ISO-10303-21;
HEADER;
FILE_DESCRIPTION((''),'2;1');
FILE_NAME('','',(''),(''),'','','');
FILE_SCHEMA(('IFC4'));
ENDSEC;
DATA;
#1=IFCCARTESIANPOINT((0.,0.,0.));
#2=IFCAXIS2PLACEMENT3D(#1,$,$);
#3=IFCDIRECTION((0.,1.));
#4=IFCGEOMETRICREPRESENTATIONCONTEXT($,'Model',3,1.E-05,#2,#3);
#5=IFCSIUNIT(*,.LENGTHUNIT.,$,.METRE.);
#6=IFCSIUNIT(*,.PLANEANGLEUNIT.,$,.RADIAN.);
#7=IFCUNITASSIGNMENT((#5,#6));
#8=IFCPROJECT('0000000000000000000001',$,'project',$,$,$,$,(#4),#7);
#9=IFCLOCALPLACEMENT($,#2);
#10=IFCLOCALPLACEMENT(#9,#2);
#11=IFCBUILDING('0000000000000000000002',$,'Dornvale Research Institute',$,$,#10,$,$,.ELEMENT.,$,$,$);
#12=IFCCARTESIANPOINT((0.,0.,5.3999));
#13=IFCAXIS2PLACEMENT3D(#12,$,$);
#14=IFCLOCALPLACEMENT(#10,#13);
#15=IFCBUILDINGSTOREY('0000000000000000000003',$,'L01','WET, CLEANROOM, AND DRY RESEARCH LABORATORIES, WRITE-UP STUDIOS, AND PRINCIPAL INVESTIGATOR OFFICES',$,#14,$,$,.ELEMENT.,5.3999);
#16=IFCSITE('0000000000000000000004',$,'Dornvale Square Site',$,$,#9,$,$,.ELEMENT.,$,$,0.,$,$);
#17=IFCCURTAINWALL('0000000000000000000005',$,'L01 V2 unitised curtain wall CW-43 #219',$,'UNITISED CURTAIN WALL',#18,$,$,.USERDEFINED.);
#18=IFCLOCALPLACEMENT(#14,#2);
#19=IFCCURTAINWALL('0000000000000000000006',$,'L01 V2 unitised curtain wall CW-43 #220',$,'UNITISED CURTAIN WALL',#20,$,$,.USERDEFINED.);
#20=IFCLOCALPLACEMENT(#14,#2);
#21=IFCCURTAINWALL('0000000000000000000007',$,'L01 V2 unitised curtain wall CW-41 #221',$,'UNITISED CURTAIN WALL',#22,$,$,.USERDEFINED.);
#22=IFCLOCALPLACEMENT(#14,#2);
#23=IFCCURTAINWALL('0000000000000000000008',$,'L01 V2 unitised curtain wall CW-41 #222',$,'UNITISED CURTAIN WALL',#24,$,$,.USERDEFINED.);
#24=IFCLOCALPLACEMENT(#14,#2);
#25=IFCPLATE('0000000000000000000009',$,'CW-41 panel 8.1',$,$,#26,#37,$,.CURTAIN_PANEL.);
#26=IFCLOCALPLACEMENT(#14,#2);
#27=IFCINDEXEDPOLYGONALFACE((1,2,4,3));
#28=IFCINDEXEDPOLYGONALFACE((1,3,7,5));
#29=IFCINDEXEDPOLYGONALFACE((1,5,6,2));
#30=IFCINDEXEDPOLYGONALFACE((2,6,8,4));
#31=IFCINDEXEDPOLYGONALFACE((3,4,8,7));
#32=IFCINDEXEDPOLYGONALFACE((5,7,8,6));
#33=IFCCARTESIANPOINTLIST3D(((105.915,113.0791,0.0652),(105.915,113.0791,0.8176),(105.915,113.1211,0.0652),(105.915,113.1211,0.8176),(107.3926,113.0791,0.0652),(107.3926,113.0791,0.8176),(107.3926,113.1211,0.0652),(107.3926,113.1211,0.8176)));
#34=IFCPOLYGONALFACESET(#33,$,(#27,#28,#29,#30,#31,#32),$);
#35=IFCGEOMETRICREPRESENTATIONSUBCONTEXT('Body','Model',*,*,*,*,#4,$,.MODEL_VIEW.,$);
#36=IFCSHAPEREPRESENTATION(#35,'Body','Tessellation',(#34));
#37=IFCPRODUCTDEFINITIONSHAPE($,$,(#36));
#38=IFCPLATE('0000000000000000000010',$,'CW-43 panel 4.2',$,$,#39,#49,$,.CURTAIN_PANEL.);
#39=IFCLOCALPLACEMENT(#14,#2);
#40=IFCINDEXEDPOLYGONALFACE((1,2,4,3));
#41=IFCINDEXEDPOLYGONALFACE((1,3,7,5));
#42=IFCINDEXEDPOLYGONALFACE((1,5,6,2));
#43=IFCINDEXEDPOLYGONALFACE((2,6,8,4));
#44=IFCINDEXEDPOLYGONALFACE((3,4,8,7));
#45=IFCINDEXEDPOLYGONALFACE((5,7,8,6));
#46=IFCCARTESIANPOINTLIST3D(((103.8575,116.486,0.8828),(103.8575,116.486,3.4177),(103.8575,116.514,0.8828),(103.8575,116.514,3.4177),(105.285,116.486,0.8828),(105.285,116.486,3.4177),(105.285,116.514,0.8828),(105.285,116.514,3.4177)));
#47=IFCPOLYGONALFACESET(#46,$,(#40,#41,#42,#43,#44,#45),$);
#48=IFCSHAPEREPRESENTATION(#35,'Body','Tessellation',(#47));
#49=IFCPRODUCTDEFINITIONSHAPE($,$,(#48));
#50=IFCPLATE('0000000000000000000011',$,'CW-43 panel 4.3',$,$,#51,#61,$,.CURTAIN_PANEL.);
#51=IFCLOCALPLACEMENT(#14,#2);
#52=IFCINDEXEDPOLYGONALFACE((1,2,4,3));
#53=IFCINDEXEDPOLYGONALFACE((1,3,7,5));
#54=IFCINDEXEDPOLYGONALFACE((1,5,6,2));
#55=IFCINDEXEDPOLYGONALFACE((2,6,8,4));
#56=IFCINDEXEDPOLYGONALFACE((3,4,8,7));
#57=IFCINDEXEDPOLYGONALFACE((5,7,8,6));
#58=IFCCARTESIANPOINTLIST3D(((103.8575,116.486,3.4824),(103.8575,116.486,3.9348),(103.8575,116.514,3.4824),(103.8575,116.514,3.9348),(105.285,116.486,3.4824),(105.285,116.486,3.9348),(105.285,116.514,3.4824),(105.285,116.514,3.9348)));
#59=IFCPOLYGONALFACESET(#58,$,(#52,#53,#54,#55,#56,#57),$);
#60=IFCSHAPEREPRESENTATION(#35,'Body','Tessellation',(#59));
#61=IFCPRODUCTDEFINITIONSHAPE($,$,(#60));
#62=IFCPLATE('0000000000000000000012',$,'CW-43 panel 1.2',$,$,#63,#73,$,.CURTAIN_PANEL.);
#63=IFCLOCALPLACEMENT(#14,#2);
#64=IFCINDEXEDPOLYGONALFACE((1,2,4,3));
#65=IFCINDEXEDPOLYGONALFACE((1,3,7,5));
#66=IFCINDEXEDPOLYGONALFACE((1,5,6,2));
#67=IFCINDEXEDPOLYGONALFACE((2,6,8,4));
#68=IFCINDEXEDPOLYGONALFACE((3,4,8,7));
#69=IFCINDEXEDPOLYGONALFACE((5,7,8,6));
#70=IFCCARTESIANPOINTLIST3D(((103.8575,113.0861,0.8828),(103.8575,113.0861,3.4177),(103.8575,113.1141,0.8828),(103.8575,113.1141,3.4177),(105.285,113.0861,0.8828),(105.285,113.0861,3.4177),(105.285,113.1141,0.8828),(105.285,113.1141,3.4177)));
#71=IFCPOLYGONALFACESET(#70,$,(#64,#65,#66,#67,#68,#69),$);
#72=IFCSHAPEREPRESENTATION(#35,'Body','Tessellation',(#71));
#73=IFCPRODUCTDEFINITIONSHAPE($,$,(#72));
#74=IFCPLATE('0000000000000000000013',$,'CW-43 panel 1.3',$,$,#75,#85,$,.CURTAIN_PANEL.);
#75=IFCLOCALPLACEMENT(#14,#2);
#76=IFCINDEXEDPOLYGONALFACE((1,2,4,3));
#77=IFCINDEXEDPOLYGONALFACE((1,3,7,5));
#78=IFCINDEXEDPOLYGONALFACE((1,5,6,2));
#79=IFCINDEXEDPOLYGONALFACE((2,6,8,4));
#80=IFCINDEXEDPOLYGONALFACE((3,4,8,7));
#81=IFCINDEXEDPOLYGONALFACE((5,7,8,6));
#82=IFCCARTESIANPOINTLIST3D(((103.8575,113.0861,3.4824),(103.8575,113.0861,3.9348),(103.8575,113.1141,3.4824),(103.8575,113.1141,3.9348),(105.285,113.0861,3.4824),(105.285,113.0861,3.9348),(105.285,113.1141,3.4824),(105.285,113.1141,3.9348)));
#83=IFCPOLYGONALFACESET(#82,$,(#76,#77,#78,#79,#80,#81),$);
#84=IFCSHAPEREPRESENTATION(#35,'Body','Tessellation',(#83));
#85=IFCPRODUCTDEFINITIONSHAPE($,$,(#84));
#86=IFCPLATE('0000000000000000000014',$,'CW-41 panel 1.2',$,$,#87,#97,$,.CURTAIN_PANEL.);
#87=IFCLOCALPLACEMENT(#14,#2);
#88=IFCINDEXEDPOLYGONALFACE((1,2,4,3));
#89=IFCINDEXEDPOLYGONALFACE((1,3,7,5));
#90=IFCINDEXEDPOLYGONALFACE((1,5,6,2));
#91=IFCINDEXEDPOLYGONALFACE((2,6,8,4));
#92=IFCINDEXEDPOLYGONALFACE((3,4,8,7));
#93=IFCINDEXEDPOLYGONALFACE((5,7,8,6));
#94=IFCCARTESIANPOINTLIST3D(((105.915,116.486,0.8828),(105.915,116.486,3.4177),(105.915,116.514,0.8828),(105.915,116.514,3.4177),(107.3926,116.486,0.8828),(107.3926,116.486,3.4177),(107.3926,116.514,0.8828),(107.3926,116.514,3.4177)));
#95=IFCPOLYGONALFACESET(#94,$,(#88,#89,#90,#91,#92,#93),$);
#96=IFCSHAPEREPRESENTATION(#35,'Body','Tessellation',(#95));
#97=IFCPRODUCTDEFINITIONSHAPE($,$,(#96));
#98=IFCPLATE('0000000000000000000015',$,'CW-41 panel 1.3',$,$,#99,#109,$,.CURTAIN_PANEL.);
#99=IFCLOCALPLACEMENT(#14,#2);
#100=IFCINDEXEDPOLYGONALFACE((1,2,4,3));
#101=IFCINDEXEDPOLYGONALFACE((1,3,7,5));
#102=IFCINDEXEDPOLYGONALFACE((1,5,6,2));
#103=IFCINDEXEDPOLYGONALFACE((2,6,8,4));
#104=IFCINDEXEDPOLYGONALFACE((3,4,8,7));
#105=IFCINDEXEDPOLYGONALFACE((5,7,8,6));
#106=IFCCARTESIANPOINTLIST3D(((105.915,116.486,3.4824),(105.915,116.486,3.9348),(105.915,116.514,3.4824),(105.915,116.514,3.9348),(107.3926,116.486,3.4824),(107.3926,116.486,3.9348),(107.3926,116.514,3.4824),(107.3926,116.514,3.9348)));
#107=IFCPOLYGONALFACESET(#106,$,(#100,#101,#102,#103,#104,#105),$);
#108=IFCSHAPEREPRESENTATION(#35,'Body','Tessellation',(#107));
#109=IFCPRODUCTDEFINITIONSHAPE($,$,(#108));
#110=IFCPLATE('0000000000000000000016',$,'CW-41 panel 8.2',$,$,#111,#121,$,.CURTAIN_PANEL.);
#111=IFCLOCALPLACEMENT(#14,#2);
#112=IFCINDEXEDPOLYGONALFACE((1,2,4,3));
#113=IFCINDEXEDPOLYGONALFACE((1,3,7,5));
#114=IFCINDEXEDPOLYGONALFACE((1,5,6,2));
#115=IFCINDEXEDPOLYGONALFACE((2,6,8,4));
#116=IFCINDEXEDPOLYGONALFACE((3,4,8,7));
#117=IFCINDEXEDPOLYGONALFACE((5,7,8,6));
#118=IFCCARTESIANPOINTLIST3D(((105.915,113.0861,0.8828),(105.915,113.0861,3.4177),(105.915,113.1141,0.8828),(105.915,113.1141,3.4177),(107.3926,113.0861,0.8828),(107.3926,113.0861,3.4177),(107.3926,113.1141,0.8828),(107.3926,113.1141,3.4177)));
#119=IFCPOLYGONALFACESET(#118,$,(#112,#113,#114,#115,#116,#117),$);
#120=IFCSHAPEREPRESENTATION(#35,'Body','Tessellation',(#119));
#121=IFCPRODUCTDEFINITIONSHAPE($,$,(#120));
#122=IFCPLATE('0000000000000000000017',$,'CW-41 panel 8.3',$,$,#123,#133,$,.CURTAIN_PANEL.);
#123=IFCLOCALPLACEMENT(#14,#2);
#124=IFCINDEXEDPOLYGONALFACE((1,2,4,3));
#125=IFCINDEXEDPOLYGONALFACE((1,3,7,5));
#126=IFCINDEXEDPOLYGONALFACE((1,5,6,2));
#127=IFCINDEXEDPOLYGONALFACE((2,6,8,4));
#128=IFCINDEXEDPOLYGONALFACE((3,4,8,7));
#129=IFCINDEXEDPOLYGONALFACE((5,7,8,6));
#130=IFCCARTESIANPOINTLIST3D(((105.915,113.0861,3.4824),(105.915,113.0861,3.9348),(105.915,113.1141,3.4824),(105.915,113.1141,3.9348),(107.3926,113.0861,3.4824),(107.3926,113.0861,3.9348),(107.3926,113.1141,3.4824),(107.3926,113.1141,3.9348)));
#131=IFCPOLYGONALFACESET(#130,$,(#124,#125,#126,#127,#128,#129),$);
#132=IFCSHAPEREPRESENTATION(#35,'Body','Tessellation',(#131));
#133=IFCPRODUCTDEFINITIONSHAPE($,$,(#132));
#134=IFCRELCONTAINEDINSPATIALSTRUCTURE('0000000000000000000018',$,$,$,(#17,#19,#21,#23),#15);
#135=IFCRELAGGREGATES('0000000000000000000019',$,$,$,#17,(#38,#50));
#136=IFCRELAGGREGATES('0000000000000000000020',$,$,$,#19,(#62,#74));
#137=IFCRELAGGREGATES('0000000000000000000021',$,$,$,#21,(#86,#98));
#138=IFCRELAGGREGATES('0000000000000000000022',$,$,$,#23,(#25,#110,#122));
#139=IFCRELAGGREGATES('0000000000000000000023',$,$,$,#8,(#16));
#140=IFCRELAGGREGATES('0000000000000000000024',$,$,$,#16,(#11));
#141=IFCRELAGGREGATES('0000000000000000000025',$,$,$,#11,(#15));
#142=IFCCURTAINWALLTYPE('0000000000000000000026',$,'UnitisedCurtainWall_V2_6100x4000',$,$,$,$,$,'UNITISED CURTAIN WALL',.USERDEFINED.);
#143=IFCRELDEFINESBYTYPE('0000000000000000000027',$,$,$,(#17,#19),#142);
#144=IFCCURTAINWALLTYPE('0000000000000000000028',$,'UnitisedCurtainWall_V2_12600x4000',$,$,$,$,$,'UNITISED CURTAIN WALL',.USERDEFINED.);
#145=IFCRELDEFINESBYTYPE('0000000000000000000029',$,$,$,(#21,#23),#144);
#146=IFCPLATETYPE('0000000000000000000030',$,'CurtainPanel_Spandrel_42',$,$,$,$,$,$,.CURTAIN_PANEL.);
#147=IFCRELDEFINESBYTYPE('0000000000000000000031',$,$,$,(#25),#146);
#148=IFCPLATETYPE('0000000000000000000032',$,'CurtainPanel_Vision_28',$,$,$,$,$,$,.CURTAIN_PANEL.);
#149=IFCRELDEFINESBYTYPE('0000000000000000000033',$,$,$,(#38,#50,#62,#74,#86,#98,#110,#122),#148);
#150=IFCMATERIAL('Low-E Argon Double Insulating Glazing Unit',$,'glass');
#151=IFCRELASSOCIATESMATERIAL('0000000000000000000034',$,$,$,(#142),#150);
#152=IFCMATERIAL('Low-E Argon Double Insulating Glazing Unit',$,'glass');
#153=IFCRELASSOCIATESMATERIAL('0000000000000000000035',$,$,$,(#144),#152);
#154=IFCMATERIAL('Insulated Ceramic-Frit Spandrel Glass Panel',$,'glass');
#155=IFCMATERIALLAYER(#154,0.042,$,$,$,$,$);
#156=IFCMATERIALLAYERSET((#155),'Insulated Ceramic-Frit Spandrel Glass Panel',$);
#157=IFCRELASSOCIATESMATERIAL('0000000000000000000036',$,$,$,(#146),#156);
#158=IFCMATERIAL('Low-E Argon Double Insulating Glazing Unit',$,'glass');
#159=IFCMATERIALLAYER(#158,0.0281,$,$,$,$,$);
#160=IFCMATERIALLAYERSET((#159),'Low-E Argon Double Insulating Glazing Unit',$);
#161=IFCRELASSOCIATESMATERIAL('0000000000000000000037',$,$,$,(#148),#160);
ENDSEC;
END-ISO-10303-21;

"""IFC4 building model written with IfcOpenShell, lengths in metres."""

from ifc_helpers import new_model, si_unit, direction, frame, origin, origin_2d, place, context, subcontext, project, spatial, rectangle, extrude, material, layer, layer_set, type_object, element, aggregate, save


model = new_model("IFC4")

# Units and contexts
model_context = context("Model", 3, precision=1e-05, world=origin(), true_north=direction((0.0, 1.0)))
body_context = subcontext(model_context, "Body", "Model", "MODEL_VIEW")
ifc_project = project(units=[si_unit("LENGTHUNIT", "METRE"), si_unit("PLANEANGLEUNIT", "RADIAN")], contexts=[model_context])

# Site, building, storey
site_placement = place(None, origin())
site = spatial("IfcSite", under=ifc_project, at=site_placement, Name="Dornvale Square Site", CompositionType="ELEMENT", RefElevation=0.0)
building_placement = place(site_placement, origin())
building = spatial("IfcBuilding", under=site, at=building_placement, Name="Dornvale Research Institute", CompositionType="ELEMENT")
storey_placement = place(building_placement, frame((0.0, 0.0, 5.3999)))
storey = spatial("IfcBuildingStorey", under=building, at=storey_placement, Name="L01", Description="WET, CLEANROOM, AND DRY RESEARCH LABORATORIES, WRITE-UP STUDIOS, AND PRINCIPAL INVESTIGATOR OFFICES", CompositionType="ELEMENT", Elevation=5.3999)

# Curtain walls
ifc_material_1 = material(Name="Low-E Argon Double Insulating Glazing Unit", Category="glass")
curtain_wall_type_1 = type_object("IfcCurtainWallType", Name="UnitisedCurtainWall_V2_6100x4000", ElementType="UNITISED CURTAIN WALL", PredefinedType="USERDEFINED", material=ifc_material_1)
curtain_wall_1_placement = place(storey_placement, origin())
curtain_wall_1 = element("IfcCurtainWall", 1, at=curtain_wall_1_placement, inside=storey, type_object=curtain_wall_type_1, Name="L01 V2 unitised curtain wall CW-43 #219", ObjectType="UNITISED CURTAIN WALL", PredefinedType="USERDEFINED")
curtain_wall_2_placement = place(storey_placement, origin())
curtain_wall_2 = element("IfcCurtainWall", 2, at=curtain_wall_2_placement, inside=storey, type_object=curtain_wall_type_1, Name="L01 V2 unitised curtain wall CW-43 #220", ObjectType="UNITISED CURTAIN WALL", PredefinedType="USERDEFINED")
ifc_material_2 = material(Name="Low-E Argon Double Insulating Glazing Unit", Category="glass")
curtain_wall_type_2 = type_object("IfcCurtainWallType", Name="UnitisedCurtainWall_V2_12600x4000", ElementType="UNITISED CURTAIN WALL", PredefinedType="USERDEFINED", material=ifc_material_2)
curtain_wall_3_placement = place(storey_placement, origin())
curtain_wall_3 = element("IfcCurtainWall", 3, at=curtain_wall_3_placement, inside=storey, type_object=curtain_wall_type_2, Name="L01 V2 unitised curtain wall CW-41 #221", ObjectType="UNITISED CURTAIN WALL", PredefinedType="USERDEFINED")
curtain_wall_4_placement = place(storey_placement, origin())
curtain_wall_4 = element("IfcCurtainWall", 4, at=curtain_wall_4_placement, inside=storey, type_object=curtain_wall_type_2, Name="L01 V2 unitised curtain wall CW-41 #222", ObjectType="UNITISED CURTAIN WALL", PredefinedType="USERDEFINED")

# Plates
ifc_material_3 = material(Name="Insulated Ceramic-Frit Spandrel Glass Panel", Category="glass")
ifc_layer_1 = layer(ifc_material_3, 0.042)
ifc_layer_set_1 = layer_set([ifc_layer_1], Name="Insulated Ceramic-Frit Spandrel Glass Panel")
plate_type_1 = type_object("IfcPlateType", Name="CurtainPanel_Spandrel_42", PredefinedType="CURTAIN_PANEL", material=ifc_layer_set_1)
plate_1_placement = place(storey_placement, frame((106.6538, 113.1001, 0.0652), z_axis=(0.0, 0.0, 1.0), x_axis=(-1.0, 0.0, 0.0)))
plate_1 = element("IfcPlate", 5, at=plate_1_placement, type_object=plate_type_1, Name="CW-41 panel 8.1", PredefinedType="CURTAIN_PANEL", context=body_context, shape_type="SweptSolid", body=[
    extrude(rectangle(XDim=1.4775, YDim=0.042, at=origin_2d()), origin(), (0.0, 0.0, 1.0), 0.7524),
])
ifc_material_4 = material(Name="Low-E Argon Double Insulating Glazing Unit", Category="glass")
ifc_layer_2 = layer(ifc_material_4, 0.0281)
ifc_layer_set_2 = layer_set([ifc_layer_2], Name="Low-E Argon Double Insulating Glazing Unit")
plate_type_2 = type_object("IfcPlateType", Name="CurtainPanel_Vision_28", PredefinedType="CURTAIN_PANEL", material=ifc_layer_set_2)
plate_2_placement = place(storey_placement, frame((104.5713, 116.5, 0.8828), z_axis=(0.0, 0.0, 1.0), x_axis=(1.0, 0.0, 0.0)))
plate_2 = element("IfcPlate", 6, at=plate_2_placement, type_object=plate_type_2, Name="CW-43 panel 4.2", PredefinedType="CURTAIN_PANEL", context=body_context, shape_type="SweptSolid", body=[
    extrude(rectangle(XDim=1.4275, YDim=0.0281, at=origin_2d()), origin(), (0.0, 0.0, 1.0), 2.5349),
])
plate_3_placement = place(storey_placement, frame((104.5713, 116.5, 3.4824), z_axis=(0.0, 0.0, 1.0), x_axis=(1.0, 0.0, 0.0)))
plate_3 = element("IfcPlate", 7, at=plate_3_placement, type_object=plate_type_2, Name="CW-43 panel 4.3", PredefinedType="CURTAIN_PANEL", context=body_context, shape_type="SweptSolid", body=[
    extrude(rectangle(XDim=1.4275, YDim=0.0281, at=origin_2d()), origin(), (0.0, 0.0, 1.0), 0.4524),
])
aggregate(curtain_wall_1, [plate_2, plate_3])
plate_4_placement = place(storey_placement, frame((104.5713, 113.1001, 0.8828), z_axis=(0.0, 0.0, 1.0), x_axis=(-1.0, 0.0, 0.0)))
plate_4 = element("IfcPlate", 8, at=plate_4_placement, type_object=plate_type_2, Name="CW-43 panel 1.2", PredefinedType="CURTAIN_PANEL", context=body_context, shape_type="SweptSolid", body=[
    extrude(rectangle(XDim=1.4275, YDim=0.0281, at=origin_2d()), origin(), (0.0, 0.0, 1.0), 2.5349),
])
plate_5_placement = place(storey_placement, frame((104.5713, 113.1001, 3.4824), z_axis=(0.0, 0.0, 1.0), x_axis=(-1.0, 0.0, 0.0)))
plate_5 = element("IfcPlate", 9, at=plate_5_placement, type_object=plate_type_2, Name="CW-43 panel 1.3", PredefinedType="CURTAIN_PANEL", context=body_context, shape_type="SweptSolid", body=[
    extrude(rectangle(XDim=1.4275, YDim=0.0281, at=origin_2d()), origin(), (0.0, 0.0, 1.0), 0.4524),
])
aggregate(curtain_wall_2, [plate_4, plate_5])
plate_6_placement = place(storey_placement, frame((106.6538, 116.5, 0.8828), z_axis=(0.0, 0.0, 1.0), x_axis=(1.0, 0.0, 0.0)))
plate_6 = element("IfcPlate", 10, at=plate_6_placement, type_object=plate_type_2, Name="CW-41 panel 1.2", PredefinedType="CURTAIN_PANEL", context=body_context, shape_type="SweptSolid", body=[
    extrude(rectangle(XDim=1.4775, YDim=0.0281, at=origin_2d()), origin(), (0.0, 0.0, 1.0), 2.5349),
])
plate_7_placement = place(storey_placement, frame((106.6538, 116.5, 3.4824), z_axis=(0.0, 0.0, 1.0), x_axis=(1.0, 0.0, 0.0)))
plate_7 = element("IfcPlate", 11, at=plate_7_placement, type_object=plate_type_2, Name="CW-41 panel 1.3", PredefinedType="CURTAIN_PANEL", context=body_context, shape_type="SweptSolid", body=[
    extrude(rectangle(XDim=1.4775, YDim=0.0281, at=origin_2d()), origin(), (0.0, 0.0, 1.0), 0.4524),
])
aggregate(curtain_wall_3, [plate_6, plate_7])
plate_8_placement = place(storey_placement, frame((106.6538, 113.1001, 0.8828), z_axis=(0.0, 0.0, 1.0), x_axis=(-1.0, 0.0, 0.0)))
plate_8 = element("IfcPlate", 12, at=plate_8_placement, type_object=plate_type_2, Name="CW-41 panel 8.2", PredefinedType="CURTAIN_PANEL", context=body_context, shape_type="SweptSolid", body=[
    extrude(rectangle(XDim=1.4775, YDim=0.0281, at=origin_2d()), origin(), (0.0, 0.0, 1.0), 2.5349),
])
plate_9_placement = place(storey_placement, frame((106.6538, 113.1001, 3.4824), z_axis=(0.0, 0.0, 1.0), x_axis=(-1.0, 0.0, 0.0)))
plate_9 = element("IfcPlate", 13, at=plate_9_placement, type_object=plate_type_2, Name="CW-41 panel 8.3", PredefinedType="CURTAIN_PANEL", context=body_context, shape_type="SweptSolid", body=[
    extrude(rectangle(XDim=1.4775, YDim=0.0281, at=origin_2d()), origin(), (0.0, 0.0, 1.0), 0.4524),
])
aggregate(curtain_wall_4, [plate_1, plate_8, plate_9])

save(model, "model.ifc")
